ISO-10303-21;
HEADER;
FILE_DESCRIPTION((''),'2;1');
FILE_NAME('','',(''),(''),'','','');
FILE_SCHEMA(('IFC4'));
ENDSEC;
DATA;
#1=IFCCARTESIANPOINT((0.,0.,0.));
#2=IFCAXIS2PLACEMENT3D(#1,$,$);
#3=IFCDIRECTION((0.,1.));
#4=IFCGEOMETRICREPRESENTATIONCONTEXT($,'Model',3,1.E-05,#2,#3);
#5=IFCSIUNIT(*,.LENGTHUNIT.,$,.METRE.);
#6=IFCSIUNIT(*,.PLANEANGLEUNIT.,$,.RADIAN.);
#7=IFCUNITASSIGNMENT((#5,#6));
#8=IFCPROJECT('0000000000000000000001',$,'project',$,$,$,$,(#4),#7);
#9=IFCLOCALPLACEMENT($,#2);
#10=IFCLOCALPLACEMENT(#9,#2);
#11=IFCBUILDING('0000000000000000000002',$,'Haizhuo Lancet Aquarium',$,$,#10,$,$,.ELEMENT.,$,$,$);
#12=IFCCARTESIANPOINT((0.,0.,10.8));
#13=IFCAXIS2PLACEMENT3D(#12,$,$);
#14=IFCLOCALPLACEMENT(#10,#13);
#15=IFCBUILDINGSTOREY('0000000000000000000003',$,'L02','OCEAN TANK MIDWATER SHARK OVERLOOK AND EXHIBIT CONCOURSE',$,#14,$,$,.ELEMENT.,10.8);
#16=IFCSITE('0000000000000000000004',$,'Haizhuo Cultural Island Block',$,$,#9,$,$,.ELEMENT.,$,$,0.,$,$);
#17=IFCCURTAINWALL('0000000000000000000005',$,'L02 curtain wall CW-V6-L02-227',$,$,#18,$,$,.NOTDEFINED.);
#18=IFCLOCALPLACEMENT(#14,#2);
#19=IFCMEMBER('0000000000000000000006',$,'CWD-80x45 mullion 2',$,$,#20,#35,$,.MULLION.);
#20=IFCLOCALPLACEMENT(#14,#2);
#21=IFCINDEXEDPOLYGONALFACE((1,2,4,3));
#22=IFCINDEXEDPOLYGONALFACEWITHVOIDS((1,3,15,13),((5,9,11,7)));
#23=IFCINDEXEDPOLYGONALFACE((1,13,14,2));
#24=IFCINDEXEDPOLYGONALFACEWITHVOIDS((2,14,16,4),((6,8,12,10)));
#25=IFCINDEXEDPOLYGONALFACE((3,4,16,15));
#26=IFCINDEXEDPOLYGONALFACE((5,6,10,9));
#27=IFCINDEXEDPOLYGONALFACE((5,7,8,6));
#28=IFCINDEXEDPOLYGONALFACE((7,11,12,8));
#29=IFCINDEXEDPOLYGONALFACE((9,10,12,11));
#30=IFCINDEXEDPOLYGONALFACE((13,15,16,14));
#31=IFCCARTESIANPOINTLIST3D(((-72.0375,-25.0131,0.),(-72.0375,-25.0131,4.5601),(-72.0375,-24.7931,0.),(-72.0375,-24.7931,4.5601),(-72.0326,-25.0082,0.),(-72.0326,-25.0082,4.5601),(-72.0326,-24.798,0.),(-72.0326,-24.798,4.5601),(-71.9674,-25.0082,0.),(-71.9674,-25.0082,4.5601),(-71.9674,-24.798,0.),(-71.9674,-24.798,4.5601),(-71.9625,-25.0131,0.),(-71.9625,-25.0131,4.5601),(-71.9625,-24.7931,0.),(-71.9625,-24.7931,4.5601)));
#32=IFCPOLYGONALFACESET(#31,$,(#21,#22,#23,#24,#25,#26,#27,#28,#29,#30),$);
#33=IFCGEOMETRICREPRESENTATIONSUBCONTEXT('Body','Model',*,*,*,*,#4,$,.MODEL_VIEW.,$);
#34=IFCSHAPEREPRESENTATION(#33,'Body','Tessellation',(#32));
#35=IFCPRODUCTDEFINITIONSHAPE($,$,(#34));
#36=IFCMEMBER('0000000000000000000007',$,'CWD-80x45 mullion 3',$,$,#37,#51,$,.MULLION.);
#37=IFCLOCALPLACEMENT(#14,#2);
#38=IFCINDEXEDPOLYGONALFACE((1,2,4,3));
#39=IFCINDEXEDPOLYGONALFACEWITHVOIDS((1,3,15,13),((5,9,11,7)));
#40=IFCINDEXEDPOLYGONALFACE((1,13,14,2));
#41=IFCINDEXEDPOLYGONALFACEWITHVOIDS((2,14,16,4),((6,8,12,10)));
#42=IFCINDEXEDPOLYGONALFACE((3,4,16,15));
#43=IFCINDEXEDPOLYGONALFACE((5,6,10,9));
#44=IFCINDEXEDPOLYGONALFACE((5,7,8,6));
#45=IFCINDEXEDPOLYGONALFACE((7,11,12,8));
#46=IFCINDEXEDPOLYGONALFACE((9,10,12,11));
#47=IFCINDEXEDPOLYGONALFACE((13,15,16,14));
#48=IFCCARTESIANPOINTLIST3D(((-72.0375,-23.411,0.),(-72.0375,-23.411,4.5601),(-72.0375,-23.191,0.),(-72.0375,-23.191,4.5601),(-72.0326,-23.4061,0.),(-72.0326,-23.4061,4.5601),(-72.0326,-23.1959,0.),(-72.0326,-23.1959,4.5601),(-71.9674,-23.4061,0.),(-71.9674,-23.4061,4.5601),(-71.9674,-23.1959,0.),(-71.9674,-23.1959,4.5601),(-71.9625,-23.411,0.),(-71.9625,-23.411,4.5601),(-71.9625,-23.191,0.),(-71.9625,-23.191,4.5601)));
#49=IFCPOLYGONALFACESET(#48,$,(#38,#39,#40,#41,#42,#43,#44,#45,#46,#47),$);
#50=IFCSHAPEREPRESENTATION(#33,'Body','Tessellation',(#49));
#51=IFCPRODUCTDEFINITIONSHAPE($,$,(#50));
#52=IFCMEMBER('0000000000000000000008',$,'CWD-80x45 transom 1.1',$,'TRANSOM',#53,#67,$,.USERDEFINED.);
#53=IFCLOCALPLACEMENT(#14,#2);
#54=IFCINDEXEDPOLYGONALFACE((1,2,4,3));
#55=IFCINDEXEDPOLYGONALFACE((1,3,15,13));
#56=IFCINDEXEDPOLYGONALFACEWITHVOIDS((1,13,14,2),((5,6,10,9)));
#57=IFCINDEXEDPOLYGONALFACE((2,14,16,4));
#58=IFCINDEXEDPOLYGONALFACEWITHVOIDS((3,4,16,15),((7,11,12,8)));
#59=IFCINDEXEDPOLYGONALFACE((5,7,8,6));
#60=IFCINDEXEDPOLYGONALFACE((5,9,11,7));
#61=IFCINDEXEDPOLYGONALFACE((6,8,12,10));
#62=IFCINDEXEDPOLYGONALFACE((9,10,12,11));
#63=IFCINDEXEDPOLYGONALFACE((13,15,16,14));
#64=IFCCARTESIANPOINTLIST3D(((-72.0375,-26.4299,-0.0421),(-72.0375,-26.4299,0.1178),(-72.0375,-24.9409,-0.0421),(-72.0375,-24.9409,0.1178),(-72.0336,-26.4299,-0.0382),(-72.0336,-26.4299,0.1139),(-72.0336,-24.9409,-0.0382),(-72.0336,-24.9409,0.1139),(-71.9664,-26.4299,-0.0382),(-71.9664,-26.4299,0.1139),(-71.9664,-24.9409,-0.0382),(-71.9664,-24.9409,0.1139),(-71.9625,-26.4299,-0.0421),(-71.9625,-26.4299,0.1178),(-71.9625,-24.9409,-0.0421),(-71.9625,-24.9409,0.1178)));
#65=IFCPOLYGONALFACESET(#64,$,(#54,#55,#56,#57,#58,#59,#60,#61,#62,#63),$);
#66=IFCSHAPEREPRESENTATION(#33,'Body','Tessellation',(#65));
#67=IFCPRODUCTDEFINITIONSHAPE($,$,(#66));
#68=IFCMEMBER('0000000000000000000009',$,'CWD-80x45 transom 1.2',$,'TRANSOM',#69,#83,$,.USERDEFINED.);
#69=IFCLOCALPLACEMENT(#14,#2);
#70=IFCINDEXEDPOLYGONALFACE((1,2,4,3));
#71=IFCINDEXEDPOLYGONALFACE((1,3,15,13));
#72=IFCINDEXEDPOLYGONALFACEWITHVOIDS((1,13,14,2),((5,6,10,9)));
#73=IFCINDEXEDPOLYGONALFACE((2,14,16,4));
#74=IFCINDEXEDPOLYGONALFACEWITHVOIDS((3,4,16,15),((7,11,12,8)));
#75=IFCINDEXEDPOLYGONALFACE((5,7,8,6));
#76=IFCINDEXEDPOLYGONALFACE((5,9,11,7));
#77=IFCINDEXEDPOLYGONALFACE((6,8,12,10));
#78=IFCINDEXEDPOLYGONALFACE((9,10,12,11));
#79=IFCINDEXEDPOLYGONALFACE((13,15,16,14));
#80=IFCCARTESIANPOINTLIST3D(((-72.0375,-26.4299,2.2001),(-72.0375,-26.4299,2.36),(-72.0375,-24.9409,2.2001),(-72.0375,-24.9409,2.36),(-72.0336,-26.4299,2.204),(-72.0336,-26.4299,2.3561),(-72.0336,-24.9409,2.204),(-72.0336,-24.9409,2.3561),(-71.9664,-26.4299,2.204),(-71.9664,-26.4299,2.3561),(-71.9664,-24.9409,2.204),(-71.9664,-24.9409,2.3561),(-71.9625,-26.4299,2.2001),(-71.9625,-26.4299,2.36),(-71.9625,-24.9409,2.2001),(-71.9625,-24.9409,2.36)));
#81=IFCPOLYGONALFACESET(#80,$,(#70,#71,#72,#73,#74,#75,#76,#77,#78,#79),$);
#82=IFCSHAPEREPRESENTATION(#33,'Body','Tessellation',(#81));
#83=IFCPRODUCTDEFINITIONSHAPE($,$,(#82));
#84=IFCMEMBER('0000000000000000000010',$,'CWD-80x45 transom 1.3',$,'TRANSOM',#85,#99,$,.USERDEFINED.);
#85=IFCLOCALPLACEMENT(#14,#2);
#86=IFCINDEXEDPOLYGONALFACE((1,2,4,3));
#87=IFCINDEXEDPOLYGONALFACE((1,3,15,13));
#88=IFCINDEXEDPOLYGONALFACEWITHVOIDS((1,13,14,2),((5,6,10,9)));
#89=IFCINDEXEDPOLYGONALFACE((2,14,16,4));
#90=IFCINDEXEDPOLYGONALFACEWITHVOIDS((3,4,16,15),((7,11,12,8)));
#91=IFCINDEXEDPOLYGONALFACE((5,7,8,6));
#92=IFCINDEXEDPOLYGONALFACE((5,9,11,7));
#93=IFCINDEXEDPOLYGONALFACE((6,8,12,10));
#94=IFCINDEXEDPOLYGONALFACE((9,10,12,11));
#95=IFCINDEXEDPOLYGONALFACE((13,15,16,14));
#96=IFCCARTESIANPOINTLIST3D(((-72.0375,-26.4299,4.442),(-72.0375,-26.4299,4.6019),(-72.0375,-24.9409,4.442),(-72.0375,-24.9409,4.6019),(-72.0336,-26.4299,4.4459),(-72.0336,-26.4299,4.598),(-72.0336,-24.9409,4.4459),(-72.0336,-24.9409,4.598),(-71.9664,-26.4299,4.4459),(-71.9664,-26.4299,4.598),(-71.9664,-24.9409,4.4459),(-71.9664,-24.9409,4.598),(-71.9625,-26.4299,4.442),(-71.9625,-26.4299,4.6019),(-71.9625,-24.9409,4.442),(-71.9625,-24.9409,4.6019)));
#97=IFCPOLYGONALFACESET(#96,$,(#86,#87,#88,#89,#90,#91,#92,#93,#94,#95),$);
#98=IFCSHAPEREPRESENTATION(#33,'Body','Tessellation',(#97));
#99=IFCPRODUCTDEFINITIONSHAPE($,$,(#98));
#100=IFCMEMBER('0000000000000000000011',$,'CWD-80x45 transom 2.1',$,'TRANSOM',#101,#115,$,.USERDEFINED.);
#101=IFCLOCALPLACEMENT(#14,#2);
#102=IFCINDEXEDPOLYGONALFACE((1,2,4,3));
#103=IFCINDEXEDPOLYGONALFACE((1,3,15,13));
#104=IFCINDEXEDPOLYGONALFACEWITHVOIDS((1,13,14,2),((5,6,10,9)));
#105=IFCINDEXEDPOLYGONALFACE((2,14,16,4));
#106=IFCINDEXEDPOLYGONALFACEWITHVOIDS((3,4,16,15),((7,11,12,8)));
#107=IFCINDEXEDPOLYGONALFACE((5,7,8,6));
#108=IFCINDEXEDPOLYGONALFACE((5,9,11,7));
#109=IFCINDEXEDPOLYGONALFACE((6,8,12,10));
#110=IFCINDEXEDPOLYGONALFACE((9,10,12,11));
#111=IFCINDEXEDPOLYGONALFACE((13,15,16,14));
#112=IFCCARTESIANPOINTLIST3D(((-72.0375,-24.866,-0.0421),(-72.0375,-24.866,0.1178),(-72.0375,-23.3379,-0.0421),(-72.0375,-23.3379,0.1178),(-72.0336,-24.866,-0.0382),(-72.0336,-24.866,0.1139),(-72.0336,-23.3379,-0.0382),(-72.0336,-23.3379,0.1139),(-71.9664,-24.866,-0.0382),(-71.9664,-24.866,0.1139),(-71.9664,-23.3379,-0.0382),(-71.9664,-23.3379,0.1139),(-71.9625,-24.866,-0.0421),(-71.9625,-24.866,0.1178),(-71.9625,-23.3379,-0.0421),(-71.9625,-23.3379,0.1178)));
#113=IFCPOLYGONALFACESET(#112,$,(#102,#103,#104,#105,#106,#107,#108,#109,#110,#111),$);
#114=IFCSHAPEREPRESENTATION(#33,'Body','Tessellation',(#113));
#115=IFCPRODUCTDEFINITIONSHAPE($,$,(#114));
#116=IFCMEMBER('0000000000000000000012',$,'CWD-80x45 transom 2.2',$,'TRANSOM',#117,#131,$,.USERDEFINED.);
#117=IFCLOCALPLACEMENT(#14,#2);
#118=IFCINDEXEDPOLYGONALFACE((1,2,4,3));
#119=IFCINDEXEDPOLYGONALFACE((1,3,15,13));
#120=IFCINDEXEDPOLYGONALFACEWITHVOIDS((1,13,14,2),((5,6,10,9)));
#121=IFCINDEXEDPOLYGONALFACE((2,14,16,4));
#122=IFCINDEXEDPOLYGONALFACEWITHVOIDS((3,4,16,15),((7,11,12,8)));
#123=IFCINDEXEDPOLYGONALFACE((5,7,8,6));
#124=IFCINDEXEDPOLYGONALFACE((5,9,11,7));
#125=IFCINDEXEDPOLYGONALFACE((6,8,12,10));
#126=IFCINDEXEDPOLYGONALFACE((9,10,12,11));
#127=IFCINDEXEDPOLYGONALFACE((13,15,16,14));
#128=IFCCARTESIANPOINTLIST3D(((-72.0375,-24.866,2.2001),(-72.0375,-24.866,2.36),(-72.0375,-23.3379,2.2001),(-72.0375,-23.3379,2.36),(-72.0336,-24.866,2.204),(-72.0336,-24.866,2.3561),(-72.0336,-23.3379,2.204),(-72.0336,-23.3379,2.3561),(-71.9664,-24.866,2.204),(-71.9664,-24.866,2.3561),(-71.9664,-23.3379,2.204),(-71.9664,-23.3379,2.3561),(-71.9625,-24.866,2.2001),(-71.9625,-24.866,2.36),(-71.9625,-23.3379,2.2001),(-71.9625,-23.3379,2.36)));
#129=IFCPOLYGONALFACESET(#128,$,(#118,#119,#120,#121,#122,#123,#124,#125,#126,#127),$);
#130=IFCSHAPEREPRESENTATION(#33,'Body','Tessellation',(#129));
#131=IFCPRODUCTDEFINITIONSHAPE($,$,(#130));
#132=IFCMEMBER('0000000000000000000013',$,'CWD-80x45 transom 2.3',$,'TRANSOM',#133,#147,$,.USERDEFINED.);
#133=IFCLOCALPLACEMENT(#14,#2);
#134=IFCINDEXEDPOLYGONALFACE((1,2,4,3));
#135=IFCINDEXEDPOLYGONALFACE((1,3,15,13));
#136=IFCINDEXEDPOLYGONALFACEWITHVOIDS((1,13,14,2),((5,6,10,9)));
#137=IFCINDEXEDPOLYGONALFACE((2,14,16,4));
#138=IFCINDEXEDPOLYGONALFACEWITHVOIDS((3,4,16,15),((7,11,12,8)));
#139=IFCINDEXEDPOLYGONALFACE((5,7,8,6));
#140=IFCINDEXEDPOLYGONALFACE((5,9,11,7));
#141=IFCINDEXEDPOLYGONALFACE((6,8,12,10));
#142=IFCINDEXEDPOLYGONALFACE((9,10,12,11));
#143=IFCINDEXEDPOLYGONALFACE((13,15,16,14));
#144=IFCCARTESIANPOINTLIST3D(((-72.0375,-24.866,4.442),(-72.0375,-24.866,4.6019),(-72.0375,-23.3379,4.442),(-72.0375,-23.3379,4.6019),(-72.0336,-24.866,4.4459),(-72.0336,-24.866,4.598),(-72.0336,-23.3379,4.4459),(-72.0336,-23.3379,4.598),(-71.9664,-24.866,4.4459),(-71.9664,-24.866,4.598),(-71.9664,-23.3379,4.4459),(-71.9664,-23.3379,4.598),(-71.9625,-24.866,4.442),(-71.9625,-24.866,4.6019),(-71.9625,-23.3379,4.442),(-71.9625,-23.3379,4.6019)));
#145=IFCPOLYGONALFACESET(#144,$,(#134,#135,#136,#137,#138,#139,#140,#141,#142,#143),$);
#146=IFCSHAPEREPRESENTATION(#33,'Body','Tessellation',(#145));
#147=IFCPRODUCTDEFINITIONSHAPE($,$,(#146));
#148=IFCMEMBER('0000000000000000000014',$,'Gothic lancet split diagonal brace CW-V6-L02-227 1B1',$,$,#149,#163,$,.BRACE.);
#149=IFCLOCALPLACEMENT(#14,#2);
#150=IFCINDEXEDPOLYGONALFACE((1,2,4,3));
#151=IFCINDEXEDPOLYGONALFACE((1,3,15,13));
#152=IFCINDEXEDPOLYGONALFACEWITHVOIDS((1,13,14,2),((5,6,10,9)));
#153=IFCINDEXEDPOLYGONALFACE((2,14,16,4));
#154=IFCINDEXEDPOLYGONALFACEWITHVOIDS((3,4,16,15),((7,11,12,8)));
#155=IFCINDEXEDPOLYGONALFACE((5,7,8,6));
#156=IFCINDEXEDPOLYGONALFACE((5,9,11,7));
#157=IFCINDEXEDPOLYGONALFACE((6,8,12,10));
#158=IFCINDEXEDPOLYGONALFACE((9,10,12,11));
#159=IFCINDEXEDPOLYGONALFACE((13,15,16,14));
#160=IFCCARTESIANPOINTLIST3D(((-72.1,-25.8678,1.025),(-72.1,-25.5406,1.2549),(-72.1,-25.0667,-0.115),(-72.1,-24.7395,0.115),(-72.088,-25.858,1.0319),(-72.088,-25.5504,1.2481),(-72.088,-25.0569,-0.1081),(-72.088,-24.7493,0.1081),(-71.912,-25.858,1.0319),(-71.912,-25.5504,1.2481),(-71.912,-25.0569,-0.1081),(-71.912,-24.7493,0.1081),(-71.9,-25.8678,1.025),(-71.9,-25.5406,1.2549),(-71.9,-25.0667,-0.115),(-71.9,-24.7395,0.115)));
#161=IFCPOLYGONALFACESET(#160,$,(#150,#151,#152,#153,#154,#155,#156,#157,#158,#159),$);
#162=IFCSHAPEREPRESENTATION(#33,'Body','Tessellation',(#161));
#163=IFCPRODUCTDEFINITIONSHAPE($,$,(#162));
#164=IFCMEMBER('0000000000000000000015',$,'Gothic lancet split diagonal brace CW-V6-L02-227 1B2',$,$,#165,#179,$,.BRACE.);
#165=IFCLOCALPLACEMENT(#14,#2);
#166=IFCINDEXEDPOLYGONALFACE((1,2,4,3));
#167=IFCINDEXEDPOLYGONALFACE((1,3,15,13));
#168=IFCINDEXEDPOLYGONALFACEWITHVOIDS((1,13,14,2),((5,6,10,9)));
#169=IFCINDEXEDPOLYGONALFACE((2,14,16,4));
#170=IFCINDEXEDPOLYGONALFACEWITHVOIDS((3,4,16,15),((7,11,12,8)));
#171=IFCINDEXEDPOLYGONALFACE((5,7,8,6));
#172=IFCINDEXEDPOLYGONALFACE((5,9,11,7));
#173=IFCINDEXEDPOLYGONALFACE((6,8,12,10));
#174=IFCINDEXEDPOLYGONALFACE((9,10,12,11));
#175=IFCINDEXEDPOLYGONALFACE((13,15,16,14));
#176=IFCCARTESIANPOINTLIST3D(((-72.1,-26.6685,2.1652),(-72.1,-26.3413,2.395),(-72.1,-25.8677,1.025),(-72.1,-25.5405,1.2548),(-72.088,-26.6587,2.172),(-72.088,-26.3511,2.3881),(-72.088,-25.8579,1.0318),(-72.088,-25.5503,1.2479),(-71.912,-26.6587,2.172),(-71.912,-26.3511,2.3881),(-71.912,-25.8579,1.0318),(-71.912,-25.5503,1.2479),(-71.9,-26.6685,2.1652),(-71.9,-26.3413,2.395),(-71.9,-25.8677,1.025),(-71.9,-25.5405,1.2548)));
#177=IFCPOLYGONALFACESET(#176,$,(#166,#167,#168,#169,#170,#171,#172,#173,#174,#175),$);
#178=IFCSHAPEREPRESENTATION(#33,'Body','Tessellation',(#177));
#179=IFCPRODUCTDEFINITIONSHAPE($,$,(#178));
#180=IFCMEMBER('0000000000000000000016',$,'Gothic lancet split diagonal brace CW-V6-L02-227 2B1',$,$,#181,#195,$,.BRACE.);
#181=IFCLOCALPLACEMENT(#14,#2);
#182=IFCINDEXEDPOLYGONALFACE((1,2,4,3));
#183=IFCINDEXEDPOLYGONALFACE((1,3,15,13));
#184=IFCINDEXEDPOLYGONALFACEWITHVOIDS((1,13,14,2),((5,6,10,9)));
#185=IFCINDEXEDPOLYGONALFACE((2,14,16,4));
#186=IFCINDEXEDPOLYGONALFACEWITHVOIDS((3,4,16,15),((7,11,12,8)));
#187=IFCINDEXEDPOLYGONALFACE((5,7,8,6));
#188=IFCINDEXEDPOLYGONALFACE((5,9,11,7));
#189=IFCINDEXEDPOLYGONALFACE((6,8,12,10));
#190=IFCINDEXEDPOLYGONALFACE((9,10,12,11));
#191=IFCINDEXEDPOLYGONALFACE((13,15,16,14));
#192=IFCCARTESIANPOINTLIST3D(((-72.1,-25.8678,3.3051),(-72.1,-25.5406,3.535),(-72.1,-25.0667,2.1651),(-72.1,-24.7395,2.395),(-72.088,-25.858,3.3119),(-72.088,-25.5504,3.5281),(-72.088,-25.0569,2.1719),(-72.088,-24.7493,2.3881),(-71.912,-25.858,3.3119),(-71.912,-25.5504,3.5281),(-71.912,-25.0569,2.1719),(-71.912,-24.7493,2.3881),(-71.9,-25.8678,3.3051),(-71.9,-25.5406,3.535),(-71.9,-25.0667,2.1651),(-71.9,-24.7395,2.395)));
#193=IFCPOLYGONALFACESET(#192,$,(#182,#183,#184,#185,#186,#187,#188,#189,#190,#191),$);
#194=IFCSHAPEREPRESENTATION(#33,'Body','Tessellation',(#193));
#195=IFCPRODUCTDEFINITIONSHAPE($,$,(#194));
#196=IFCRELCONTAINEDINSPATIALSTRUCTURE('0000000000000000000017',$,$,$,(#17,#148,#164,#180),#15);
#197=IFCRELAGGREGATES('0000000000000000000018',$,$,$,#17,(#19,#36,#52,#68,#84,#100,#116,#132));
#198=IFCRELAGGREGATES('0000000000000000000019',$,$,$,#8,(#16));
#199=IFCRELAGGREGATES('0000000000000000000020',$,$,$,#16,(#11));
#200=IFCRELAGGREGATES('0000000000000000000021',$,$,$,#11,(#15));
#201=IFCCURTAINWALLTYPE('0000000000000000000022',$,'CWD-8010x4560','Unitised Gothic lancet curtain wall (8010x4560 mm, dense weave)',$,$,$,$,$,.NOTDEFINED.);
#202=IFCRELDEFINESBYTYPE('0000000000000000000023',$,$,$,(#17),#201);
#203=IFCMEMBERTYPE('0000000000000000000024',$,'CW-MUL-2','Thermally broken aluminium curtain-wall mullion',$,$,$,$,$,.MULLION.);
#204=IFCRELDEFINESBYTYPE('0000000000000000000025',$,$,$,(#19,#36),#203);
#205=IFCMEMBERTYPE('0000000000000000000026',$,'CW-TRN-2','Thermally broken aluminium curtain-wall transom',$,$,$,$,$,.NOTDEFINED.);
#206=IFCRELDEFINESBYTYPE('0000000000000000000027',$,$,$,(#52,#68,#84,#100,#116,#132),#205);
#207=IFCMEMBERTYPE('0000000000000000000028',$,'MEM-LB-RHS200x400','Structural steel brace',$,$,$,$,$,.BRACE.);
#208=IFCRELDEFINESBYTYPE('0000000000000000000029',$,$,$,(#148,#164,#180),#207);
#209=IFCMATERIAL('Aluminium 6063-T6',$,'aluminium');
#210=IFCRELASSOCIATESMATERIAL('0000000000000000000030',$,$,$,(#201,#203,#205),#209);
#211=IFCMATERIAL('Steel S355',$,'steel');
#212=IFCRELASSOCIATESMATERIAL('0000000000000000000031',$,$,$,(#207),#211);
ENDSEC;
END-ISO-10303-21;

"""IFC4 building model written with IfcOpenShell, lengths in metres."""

from ifc_helpers import new_model, si_unit, direction, frame, origin, origin_2d, place, context, subcontext, project, spatial, hollow_rectangle, extrude, material, material_profile, profile_set, type_object, element, aggregate, save


model = new_model("IFC4")

# Units and contexts
model_context = context("Model", 3, precision=1e-05, world=origin(), true_north=direction((0.0, 1.0)))
body_context = subcontext(model_context, "Body", "Model", "MODEL_VIEW")
ifc_project = project(units=[si_unit("LENGTHUNIT", "METRE"), si_unit("PLANEANGLEUNIT", "RADIAN")], contexts=[model_context])

# Site, building, storey
site_placement = place(None, origin())
site = spatial("IfcSite", under=ifc_project, at=site_placement, Name="Haizhuo Cultural Island Block", CompositionType="ELEMENT", RefElevation=0.0)
building_placement = place(site_placement, origin())
building = spatial("IfcBuilding", under=site, at=building_placement, Name="Haizhuo Lancet Aquarium", CompositionType="ELEMENT")
storey_placement = place(building_placement, frame((0.0, 0.0, 10.8)))
storey = spatial("IfcBuildingStorey", under=building, at=storey_placement, Name="L02", Description="OCEAN TANK MIDWATER SHARK OVERLOOK AND EXHIBIT CONCOURSE", CompositionType="ELEMENT", Elevation=10.8)

# Curtain wall, members
ifc_material_1 = material(Name="Aluminium 6063-T6", Category="aluminium")
curtain_wall_type = type_object("IfcCurtainWallType", Name="CWD-8010x4560", Description="Unitised Gothic lancet curtain wall (8010x4560 mm, dense weave)", PredefinedType="NOTDEFINED", material=ifc_material_1)
curtain_wall_placement = place(storey_placement, origin())
curtain_wall = element("IfcCurtainWall", 1, at=curtain_wall_placement, inside=storey, type_object=curtain_wall_type, Name="L02 curtain wall CW-V6-L02-227", PredefinedType="NOTDEFINED")
ifc_material_profile_1 = material_profile(ifc_material_1, hollow_rectangle(XDim=0.075, YDim=0.22, WallThickness=0.0049, at=origin_2d()), Name="ALU-M 75x220x5")
ifc_profile_set_1 = profile_set([ifc_material_profile_1], Name="Aluminium 6063-T6")
member_type_1 = type_object("IfcMemberType", Name="CW-MUL-2", Description="Thermally broken aluminium curtain-wall mullion", PredefinedType="MULLION", material=ifc_profile_set_1)
member_1_placement = place(storey_placement, frame((-72.0, -24.9031, 0.0), z_axis=(0.0, 0.0, 1.0), x_axis=(-1.0, 0.0, 0.0)))
member_1 = element("IfcMember", 2, at=member_1_placement, type_object=member_type_1, Name="CWD-80x45 mullion 2", PredefinedType="MULLION", context=body_context, shape_type="SweptSolid", body=[
    extrude(hollow_rectangle(XDim=0.075, YDim=0.22, WallThickness=0.0049, at=origin_2d()), origin(), (0.0, 0.0, 1.0), 4.5601),
])
member_2_placement = place(storey_placement, frame((-72.0, -23.301, 0.0), z_axis=(0.0, 0.0, 1.0), x_axis=(-1.0, 0.0, 0.0)))
member_2 = element("IfcMember", 3, at=member_2_placement, type_object=member_type_1, Name="CWD-80x45 mullion 3", PredefinedType="MULLION", context=body_context, shape_type="SweptSolid", body=[
    extrude(hollow_rectangle(XDim=0.075, YDim=0.22, WallThickness=0.0049, at=origin_2d()), origin(), (0.0, 0.0, 1.0), 4.5601),
])
ifc_material_profile_2 = material_profile(ifc_material_1, hollow_rectangle(XDim=0.075, YDim=0.1599, WallThickness=0.0039, at=origin_2d()), Name="ALU-T 75x160x4")
ifc_profile_set_2 = profile_set([ifc_material_profile_2], Name="Aluminium 6063-T6")
member_type_2 = type_object("IfcMemberType", Name="CW-TRN-2", Description="Thermally broken aluminium curtain-wall transom", PredefinedType="NOTDEFINED", material=ifc_profile_set_2)
member_3_placement = place(storey_placement, frame((-72.0, -26.4299, 0.0378), z_axis=(0.0, 1.0, 0.0), x_axis=(-1.0, 0.0, 0.0)))
member_3 = element("IfcMember", 4, at=member_3_placement, type_object=member_type_2, Name="CWD-80x45 transom 1.1", ObjectType="TRANSOM", PredefinedType="USERDEFINED", context=body_context, shape_type="SweptSolid", body=[
    extrude(hollow_rectangle(XDim=0.075, YDim=0.1599, WallThickness=0.0039, at=origin_2d()), origin(), (0.0, 0.0, 1.0), 1.489),
])
member_4_placement = place(storey_placement, frame((-72.0, -26.4299, 2.28), z_axis=(0.0, 1.0, 0.0), x_axis=(-1.0, 0.0, 0.0)))
member_4 = element("IfcMember", 5, at=member_4_placement, type_object=member_type_2, Name="CWD-80x45 transom 1.2", ObjectType="TRANSOM", PredefinedType="USERDEFINED", context=body_context, shape_type="SweptSolid", body=[
    extrude(hollow_rectangle(XDim=0.075, YDim=0.1599, WallThickness=0.0039, at=origin_2d()), origin(), (0.0, 0.0, 1.0), 1.489),
])
member_5_placement = place(storey_placement, frame((-72.0, -26.4299, 4.522), z_axis=(0.0, 1.0, 0.0), x_axis=(-1.0, 0.0, 0.0)))
member_5 = element("IfcMember", 6, at=member_5_placement, type_object=member_type_2, Name="CWD-80x45 transom 1.3", ObjectType="TRANSOM", PredefinedType="USERDEFINED", context=body_context, shape_type="SweptSolid", body=[
    extrude(hollow_rectangle(XDim=0.075, YDim=0.1599, WallThickness=0.0039, at=origin_2d()), origin(), (0.0, 0.0, 1.0), 1.489),
])
member_6_placement = place(storey_placement, frame((-72.0, -24.866, 0.0378), z_axis=(0.0, 1.0, 0.0), x_axis=(-1.0, 0.0, 0.0)))
member_6 = element("IfcMember", 7, at=member_6_placement, type_object=member_type_2, Name="CWD-80x45 transom 2.1", ObjectType="TRANSOM", PredefinedType="USERDEFINED", context=body_context, shape_type="SweptSolid", body=[
    extrude(hollow_rectangle(XDim=0.075, YDim=0.1599, WallThickness=0.0039, at=origin_2d()), origin(), (0.0, 0.0, 1.0), 1.5281),
])
member_7_placement = place(storey_placement, frame((-72.0, -24.866, 2.28), z_axis=(0.0, 1.0, 0.0), x_axis=(-1.0, 0.0, 0.0)))
member_7 = element("IfcMember", 8, at=member_7_placement, type_object=member_type_2, Name="CWD-80x45 transom 2.2", ObjectType="TRANSOM", PredefinedType="USERDEFINED", context=body_context, shape_type="SweptSolid", body=[
    extrude(hollow_rectangle(XDim=0.075, YDim=0.1599, WallThickness=0.0039, at=origin_2d()), origin(), (0.0, 0.0, 1.0), 1.5281),
])
member_8_placement = place(storey_placement, frame((-72.0, -24.866, 4.522), z_axis=(0.0, 1.0, 0.0), x_axis=(-1.0, 0.0, 0.0)))
member_8 = element("IfcMember", 9, at=member_8_placement, type_object=member_type_2, Name="CWD-80x45 transom 2.3", ObjectType="TRANSOM", PredefinedType="USERDEFINED", context=body_context, shape_type="SweptSolid", body=[
    extrude(hollow_rectangle(XDim=0.075, YDim=0.1599, WallThickness=0.0039, at=origin_2d()), origin(), (0.0, 0.0, 1.0), 1.5281),
])

# Members
ifc_material_2 = material(Name="Steel S355", Category="steel")
ifc_material_profile_3 = material_profile(ifc_material_2, hollow_rectangle(XDim=0.2, YDim=0.3999, WallThickness=0.012, at=origin_2d()), Name="RHS 200x400x12")
ifc_profile_set_3 = profile_set([ifc_material_profile_3], Name="Steel S355")
member_type_3 = type_object("IfcMemberType", Name="MEM-LB-RHS200x400", Description="Structural steel brace", PredefinedType="BRACE", material=ifc_profile_set_3)
for number, where, z_axis, x_axis, name in (
    (10, (-72.0, -24.9031, 0.0), (0.0, -0.574955, 0.818185), (1.0, 0.0, 0.0), "Gothic lancet split diagonal brace CW-V6-L02-227 1B1"),
    (11, (-72.0, -25.7041, 1.1399), (0.0, -0.574755, 0.818325), (1.0, 0.0, 0.0), "Gothic lancet split diagonal brace CW-V6-L02-227 1B2"),
    (12, (-72.0, -24.9031, 2.28), (0.0, -0.574955, 0.818185), (1.0, 0.0, 0.0), "Gothic lancet split diagonal brace CW-V6-L02-227 2B1"),
):
    element("IfcMember", number, at=place(storey_placement, frame(where, z_axis=z_axis, x_axis=x_axis)), inside=storey, type_object=member_type_3, Name=name, PredefinedType="BRACE", context=body_context, shape_type="SweptSolid", body=[
        extrude(hollow_rectangle(XDim=0.2, YDim=0.3999, WallThickness=0.012, at=origin_2d()), origin(), (0.0, 0.0, 1.0), 1.3933),
    ])

aggregate(curtain_wall, [member_1, member_2, member_3, member_4, member_5, member_6, member_7, member_8])

save(model, "model.ifc")
